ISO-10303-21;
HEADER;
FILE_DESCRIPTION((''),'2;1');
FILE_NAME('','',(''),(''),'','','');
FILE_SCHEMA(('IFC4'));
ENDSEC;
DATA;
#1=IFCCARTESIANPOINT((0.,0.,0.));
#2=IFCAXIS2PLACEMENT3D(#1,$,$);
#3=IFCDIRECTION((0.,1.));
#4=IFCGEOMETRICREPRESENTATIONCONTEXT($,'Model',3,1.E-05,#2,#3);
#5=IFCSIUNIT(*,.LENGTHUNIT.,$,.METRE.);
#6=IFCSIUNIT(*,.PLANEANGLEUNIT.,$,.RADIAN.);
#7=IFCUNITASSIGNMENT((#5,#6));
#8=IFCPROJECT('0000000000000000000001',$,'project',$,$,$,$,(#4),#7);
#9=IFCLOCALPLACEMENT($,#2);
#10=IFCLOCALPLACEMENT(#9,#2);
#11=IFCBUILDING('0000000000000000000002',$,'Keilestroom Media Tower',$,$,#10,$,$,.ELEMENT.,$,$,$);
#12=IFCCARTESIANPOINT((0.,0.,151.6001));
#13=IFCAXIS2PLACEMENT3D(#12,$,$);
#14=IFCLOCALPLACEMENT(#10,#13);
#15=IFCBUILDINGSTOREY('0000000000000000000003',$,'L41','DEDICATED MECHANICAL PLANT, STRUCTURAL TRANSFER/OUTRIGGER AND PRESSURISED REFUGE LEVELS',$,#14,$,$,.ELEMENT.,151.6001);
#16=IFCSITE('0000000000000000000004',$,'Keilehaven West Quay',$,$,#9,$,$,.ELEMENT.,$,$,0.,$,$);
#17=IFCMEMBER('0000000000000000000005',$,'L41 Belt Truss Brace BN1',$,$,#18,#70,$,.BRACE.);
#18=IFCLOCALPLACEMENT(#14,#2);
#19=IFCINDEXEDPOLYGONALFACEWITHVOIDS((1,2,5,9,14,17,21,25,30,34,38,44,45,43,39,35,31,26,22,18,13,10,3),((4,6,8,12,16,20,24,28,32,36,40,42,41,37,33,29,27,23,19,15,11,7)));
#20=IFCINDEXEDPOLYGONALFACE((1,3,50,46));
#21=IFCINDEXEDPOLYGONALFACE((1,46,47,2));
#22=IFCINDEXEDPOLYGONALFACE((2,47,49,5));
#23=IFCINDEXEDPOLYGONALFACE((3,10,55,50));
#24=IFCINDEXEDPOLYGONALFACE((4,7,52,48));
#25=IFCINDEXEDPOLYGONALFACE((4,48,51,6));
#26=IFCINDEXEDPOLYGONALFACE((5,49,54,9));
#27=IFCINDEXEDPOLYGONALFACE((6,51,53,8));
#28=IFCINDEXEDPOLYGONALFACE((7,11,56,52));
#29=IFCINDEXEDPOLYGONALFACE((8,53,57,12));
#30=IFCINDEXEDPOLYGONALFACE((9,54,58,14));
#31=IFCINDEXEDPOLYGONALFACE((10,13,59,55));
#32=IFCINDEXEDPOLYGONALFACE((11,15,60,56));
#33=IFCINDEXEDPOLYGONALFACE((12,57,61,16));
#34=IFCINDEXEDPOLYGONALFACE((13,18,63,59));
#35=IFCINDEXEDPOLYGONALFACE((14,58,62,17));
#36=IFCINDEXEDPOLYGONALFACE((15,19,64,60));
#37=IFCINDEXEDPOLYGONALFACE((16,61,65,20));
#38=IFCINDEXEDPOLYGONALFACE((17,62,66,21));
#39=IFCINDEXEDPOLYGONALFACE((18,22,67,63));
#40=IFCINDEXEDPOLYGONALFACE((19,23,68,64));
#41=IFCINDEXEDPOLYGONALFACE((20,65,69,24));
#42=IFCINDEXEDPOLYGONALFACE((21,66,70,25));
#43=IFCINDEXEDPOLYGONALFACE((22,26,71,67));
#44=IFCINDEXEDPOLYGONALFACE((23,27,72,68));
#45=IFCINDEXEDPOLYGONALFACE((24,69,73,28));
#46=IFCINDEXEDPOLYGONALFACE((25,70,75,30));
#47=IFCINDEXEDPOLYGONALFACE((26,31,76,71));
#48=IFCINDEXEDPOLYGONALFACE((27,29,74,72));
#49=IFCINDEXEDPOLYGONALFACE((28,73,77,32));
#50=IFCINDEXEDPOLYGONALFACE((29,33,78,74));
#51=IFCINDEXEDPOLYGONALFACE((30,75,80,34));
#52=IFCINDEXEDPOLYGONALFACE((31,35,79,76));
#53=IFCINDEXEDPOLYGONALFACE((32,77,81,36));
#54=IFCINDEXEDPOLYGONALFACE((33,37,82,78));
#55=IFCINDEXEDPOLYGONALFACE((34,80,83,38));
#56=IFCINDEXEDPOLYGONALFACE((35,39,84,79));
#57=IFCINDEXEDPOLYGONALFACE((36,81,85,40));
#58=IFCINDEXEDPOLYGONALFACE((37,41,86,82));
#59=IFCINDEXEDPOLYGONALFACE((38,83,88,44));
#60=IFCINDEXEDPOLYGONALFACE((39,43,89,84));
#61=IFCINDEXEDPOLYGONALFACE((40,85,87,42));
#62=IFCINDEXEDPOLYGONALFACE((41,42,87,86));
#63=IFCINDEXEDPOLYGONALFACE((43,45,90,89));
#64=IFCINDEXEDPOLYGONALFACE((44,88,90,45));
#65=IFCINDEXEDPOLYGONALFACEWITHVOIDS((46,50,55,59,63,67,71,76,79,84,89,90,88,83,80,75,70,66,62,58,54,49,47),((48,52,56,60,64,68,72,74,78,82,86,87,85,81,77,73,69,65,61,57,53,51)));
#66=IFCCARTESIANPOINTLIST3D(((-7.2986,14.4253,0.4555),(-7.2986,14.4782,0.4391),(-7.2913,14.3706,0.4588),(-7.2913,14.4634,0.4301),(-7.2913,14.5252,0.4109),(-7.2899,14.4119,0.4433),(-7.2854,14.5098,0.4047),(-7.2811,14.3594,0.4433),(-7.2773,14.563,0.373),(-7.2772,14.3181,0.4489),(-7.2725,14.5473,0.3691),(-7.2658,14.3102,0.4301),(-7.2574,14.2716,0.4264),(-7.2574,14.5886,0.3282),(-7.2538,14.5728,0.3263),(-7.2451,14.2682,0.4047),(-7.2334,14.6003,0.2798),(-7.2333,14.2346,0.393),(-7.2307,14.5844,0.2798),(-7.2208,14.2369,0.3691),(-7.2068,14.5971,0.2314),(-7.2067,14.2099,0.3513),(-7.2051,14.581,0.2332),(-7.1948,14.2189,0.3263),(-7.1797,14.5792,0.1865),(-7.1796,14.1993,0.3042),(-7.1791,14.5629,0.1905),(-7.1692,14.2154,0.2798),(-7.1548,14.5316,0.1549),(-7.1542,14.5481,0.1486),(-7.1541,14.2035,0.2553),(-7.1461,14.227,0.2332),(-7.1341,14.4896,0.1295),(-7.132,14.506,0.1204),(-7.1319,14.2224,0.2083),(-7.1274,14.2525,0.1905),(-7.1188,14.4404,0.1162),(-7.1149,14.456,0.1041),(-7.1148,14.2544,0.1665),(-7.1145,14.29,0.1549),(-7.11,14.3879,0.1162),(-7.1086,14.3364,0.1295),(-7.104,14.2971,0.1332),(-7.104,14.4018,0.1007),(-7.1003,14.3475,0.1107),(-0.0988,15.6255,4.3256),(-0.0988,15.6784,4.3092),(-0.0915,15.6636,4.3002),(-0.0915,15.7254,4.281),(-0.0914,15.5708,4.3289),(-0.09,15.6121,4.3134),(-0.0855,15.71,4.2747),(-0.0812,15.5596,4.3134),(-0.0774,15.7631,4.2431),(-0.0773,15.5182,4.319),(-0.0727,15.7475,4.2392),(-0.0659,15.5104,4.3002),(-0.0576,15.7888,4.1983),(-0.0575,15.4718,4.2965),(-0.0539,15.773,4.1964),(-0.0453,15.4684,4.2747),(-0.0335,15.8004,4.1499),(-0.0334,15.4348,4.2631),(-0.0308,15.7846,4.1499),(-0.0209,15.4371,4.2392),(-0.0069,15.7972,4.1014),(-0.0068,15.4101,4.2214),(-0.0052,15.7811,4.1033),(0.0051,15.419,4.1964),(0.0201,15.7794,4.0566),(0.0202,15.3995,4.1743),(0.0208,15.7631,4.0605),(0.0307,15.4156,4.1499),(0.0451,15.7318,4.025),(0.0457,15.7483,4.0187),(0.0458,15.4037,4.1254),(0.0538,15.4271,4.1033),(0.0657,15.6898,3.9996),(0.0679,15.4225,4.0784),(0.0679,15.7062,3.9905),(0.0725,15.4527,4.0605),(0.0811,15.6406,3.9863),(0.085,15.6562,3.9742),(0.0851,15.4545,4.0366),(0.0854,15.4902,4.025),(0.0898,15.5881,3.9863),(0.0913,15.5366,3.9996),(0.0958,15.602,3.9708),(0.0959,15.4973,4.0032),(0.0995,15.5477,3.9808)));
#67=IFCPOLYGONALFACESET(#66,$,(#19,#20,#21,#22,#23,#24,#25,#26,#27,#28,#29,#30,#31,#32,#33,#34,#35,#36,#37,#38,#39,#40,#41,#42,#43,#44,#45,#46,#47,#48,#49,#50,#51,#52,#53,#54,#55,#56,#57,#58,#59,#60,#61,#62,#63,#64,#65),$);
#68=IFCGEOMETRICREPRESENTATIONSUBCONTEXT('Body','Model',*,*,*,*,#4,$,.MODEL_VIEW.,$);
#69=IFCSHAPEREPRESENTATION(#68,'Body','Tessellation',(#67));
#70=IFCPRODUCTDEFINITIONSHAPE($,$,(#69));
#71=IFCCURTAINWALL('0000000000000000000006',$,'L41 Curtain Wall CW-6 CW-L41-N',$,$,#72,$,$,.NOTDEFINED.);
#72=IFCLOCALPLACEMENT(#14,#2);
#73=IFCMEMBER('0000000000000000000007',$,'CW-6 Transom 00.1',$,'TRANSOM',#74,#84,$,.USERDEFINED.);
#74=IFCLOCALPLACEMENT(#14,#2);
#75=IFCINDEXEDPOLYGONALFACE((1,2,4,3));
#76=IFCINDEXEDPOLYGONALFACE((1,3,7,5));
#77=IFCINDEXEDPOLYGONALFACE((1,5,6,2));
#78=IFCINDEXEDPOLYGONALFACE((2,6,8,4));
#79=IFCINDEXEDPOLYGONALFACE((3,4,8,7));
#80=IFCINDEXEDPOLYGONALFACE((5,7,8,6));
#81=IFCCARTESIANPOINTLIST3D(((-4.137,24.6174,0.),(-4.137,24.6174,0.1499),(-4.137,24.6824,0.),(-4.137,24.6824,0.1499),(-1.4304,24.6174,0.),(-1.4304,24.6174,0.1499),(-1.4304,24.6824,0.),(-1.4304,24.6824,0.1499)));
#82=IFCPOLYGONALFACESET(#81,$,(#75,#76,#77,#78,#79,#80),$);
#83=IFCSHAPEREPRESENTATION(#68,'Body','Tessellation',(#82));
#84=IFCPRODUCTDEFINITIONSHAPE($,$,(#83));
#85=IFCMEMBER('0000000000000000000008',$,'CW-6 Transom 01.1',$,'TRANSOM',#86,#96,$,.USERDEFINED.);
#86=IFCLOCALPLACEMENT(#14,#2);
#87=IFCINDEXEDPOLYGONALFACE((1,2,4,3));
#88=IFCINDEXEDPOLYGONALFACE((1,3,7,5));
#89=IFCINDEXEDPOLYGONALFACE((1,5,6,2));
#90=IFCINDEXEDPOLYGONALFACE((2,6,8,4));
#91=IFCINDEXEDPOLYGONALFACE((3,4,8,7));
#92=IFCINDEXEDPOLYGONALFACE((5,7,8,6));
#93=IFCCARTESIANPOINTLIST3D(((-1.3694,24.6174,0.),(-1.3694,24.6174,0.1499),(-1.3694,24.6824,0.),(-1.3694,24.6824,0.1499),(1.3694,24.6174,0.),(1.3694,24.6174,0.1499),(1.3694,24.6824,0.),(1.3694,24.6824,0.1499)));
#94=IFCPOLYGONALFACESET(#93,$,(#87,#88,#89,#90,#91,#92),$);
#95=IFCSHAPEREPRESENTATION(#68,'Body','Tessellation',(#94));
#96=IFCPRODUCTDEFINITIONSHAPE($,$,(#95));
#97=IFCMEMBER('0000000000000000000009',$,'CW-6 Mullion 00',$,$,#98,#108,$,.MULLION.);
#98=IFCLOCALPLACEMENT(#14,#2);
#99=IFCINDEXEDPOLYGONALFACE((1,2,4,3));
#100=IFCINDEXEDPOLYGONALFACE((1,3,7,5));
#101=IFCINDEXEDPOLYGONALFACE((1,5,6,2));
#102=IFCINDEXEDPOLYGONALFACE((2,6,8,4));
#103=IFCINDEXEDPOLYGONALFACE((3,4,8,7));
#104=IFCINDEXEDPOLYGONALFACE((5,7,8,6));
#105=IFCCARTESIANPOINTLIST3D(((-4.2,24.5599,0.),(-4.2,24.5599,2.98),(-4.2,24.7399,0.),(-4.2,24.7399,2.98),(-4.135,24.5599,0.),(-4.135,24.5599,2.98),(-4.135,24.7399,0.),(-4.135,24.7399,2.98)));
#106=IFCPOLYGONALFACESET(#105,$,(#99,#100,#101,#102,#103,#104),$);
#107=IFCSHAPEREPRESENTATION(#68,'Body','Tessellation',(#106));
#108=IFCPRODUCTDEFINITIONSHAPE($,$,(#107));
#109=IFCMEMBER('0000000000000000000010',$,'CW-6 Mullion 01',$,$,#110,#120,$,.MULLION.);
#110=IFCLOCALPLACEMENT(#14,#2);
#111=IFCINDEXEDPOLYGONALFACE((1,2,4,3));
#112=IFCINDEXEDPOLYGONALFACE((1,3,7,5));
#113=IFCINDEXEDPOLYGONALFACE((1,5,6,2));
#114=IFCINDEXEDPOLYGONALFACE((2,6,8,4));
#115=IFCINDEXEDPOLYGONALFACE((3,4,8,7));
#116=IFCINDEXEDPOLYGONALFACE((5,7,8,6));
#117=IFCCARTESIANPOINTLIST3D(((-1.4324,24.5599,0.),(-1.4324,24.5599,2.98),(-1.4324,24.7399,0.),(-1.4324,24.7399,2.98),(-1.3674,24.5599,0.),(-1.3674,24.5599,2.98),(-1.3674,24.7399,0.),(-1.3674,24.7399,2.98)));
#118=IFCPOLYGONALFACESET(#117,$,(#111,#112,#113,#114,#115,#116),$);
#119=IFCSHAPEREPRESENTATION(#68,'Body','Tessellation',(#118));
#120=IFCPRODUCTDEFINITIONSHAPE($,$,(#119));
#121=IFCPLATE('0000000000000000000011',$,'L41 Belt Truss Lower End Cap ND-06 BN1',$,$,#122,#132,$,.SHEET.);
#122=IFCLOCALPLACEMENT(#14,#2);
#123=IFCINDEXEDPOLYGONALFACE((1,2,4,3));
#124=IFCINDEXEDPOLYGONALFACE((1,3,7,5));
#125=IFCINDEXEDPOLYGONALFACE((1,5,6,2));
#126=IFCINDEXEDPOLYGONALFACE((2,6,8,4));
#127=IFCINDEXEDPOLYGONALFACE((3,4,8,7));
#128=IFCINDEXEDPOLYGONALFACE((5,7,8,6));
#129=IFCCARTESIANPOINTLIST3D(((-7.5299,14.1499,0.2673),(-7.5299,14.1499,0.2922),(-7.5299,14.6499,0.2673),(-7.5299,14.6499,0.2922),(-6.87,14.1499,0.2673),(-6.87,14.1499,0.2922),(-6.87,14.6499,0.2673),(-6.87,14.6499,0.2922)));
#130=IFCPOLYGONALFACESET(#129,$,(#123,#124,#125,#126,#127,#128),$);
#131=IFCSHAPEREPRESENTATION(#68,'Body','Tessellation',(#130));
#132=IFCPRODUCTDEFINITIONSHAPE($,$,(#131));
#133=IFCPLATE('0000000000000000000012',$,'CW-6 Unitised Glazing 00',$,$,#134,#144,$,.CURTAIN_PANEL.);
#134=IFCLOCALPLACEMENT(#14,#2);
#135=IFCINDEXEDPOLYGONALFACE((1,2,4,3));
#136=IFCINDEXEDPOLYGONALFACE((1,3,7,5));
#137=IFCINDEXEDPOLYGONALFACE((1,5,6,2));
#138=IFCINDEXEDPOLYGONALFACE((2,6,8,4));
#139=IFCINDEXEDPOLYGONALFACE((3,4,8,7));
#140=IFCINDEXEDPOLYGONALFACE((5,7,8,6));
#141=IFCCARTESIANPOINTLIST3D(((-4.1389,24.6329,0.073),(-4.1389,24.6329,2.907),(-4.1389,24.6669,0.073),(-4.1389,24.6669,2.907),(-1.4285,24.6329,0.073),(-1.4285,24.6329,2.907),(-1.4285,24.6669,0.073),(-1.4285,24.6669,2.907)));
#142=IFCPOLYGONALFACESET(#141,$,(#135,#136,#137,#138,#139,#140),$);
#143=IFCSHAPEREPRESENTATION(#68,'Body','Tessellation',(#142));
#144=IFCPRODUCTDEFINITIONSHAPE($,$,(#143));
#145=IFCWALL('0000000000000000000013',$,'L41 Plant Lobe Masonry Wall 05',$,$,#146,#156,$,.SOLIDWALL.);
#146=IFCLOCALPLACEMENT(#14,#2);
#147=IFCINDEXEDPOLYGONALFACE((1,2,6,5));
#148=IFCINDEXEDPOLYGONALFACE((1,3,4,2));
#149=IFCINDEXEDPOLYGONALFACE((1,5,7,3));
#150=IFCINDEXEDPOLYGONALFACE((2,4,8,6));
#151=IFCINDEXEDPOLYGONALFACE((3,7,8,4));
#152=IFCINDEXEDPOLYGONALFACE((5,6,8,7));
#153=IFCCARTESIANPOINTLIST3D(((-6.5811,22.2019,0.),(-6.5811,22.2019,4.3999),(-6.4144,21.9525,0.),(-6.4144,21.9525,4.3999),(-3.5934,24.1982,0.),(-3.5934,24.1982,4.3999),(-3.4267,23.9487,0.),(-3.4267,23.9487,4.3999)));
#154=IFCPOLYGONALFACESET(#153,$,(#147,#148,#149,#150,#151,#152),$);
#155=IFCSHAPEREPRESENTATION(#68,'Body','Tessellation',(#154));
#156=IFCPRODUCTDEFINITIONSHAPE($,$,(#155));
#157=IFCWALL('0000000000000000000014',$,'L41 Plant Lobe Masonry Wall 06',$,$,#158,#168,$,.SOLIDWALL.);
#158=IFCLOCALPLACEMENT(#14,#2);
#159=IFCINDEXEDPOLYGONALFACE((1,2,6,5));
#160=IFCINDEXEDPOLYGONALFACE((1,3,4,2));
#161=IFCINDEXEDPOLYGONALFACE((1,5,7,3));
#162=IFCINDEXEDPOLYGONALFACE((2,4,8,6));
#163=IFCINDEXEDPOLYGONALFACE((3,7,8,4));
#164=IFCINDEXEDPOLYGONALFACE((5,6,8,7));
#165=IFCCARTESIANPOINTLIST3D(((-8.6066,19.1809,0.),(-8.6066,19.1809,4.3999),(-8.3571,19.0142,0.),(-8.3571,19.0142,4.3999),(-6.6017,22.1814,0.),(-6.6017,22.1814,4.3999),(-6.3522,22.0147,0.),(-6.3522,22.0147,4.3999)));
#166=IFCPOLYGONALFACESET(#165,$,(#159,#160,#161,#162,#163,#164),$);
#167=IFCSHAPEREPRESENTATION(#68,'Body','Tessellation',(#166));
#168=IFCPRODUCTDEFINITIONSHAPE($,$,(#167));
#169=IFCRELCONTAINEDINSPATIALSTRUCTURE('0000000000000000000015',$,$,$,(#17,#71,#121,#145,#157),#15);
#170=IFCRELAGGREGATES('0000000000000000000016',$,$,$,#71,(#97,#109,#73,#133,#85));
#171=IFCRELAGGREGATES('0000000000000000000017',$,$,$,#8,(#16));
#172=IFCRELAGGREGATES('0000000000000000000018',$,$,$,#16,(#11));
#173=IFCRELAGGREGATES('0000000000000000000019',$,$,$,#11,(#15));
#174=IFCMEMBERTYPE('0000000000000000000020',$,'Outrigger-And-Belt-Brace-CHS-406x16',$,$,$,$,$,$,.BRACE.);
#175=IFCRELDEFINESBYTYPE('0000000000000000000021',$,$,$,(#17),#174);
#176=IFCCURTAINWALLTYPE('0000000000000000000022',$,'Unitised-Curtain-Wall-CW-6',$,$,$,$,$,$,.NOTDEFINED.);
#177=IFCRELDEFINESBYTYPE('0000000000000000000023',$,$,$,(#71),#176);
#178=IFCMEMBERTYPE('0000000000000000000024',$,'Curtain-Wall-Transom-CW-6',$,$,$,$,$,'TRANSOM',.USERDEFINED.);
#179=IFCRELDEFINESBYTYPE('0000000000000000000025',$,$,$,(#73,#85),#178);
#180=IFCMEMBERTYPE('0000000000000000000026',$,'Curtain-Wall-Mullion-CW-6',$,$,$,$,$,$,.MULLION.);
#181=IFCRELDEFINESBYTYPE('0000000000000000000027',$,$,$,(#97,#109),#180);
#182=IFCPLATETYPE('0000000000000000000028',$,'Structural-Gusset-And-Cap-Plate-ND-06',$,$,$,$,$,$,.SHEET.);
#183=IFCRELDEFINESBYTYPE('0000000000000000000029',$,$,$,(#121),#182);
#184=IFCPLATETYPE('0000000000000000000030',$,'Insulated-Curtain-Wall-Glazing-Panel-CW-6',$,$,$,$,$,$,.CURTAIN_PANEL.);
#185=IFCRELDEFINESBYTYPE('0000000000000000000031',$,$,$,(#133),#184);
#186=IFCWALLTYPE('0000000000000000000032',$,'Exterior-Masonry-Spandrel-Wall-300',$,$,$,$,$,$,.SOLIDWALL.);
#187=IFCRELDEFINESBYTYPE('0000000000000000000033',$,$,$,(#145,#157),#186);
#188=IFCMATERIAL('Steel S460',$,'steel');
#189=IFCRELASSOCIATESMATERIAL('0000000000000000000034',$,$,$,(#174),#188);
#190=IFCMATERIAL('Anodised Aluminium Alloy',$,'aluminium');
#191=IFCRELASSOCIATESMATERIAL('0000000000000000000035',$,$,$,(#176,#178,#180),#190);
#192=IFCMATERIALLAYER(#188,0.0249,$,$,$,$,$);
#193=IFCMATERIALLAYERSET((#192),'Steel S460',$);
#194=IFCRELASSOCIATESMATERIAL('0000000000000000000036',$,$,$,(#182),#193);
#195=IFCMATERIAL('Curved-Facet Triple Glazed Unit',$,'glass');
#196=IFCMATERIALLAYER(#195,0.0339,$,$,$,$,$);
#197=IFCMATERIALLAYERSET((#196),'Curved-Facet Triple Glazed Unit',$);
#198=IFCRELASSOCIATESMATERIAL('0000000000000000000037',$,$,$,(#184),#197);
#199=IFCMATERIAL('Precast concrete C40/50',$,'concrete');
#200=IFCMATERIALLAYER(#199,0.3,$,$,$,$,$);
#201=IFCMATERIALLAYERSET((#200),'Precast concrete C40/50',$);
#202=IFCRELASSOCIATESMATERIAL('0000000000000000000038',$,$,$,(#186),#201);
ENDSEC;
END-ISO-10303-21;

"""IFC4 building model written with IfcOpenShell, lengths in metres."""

from ifc_helpers import new_model, si_unit, direction, frame, frame_2d, origin, origin_2d, place, context, subcontext, project, spatial, rectangle, hollow_circle, extrude, source, transform, mapped, material, layer, layer_set, material_profile, profile_set, type_object, element, aggregate, save


model = new_model("IFC4")

# Units and contexts
model_context = context("Model", 3, precision=1e-05, world=origin(), true_north=direction((0.0, 1.0)))
body_context = subcontext(model_context, "Body", "Model", "MODEL_VIEW")
ifc_project = project(units=[si_unit("LENGTHUNIT", "METRE"), si_unit("PLANEANGLEUNIT", "RADIAN")], contexts=[model_context])

# Site, building, storey
site_placement = place(None, origin())
site = spatial("IfcSite", under=ifc_project, at=site_placement, Name="Keilehaven West Quay", CompositionType="ELEMENT", RefElevation=0.0)
building_placement = place(site_placement, origin())
building = spatial("IfcBuilding", under=site, at=building_placement, Name="Keilestroom Media Tower", CompositionType="ELEMENT")
storey_placement = place(building_placement, frame((0.0, 0.0, 151.6001)))
storey = spatial("IfcBuildingStorey", under=building, at=storey_placement, Name="L41", Description="DEDICATED MECHANICAL PLANT, STRUCTURAL TRANSFER/OUTRIGGER AND PRESSURISED REFUGE LEVELS", CompositionType="ELEMENT", Elevation=151.6001)

# Member
ifc_material_1 = material(Name="Steel S460", Category="steel")
ifc_material_profile_1 = material_profile(ifc_material_1, hollow_circle(Radius=0.2031, WallThickness=0.0161, at=origin_2d()), Name="CHS 406.4x16")
ifc_profile_set_1 = profile_set([ifc_material_profile_1], Name="Steel S460")
member_type_1 = type_object("IfcMemberType", Name="Outrigger-And-Belt-Brace-CHS-406x16", PredefinedType="BRACE", material=ifc_profile_set_1)
shared_shape_1 = source(origin(), body_context, "Body", "SweptSolid", [
    extrude(hollow_circle(Radius=0.2031, WallThickness=0.0161, at=origin_2d()), origin(), (0.0, 0.0, 1.0), 8.2617),
])
member_1_placement = place(storey_placement, frame((-7.2, 14.3999, 0.2798), z_axis=(0.871473, 0.14527, 0.468434), x_axis=(-0.164426, 0.986389, 0.0)))
element("IfcMember", 1, at=member_1_placement, inside=storey, type_object=member_type_1, Name="L41 Belt Truss Brace BN1", PredefinedType="BRACE", context=body_context, shape_type="MappedRepresentation", body=[
    mapped(shared_shape_1, transform((0.0, 0.0, 0.0), x_axis=(1.0, 0.0, 0.0), y_axis=(0.0, 1.0, 0.0), z_axis=(0.0, 0.0, 1.0), scale=1.0)),
])

# Curtain wall, members
ifc_material_2 = material(Name="Anodised Aluminium Alloy", Category="aluminium")
curtain_wall_type = type_object("IfcCurtainWallType", Name="Unitised-Curtain-Wall-CW-6", PredefinedType="NOTDEFINED", material=ifc_material_2)
curtain_wall_placement = place(storey_placement, origin())
curtain_wall = element("IfcCurtainWall", 2, at=curtain_wall_placement, inside=storey, type_object=curtain_wall_type, Name="L41 Curtain Wall CW-6 CW-L41-N", PredefinedType="NOTDEFINED")
ifc_material_profile_2 = material_profile(ifc_material_2, rectangle(XDim=0.0649, YDim=0.1499, at=origin_2d()), Name="ALU TRANSOM 65x150")
ifc_profile_set_2 = profile_set([ifc_material_profile_2], Name="Anodised Aluminium Alloy")
member_type_2 = type_object("IfcMemberType", Name="Curtain-Wall-Transom-CW-6", ElementType="TRANSOM", PredefinedType="USERDEFINED", material=ifc_profile_set_2)
shared_shape_2 = source(origin(), body_context, "Body", "SweptSolid", [
    extrude(rectangle(XDim=0.0649, YDim=0.1499, at=origin_2d()), origin(), (0.0, 0.0, 1.0), 2.7065),
])
member_2_placement = place(storey_placement, frame((-4.137, 24.6499, 0.075), z_axis=(1.0, 0.0, 0.0), x_axis=(0.0, 1.0, 0.0)))
member_2 = element("IfcMember", 3, at=member_2_placement, type_object=member_type_2, Name="CW-6 Transom 00.1", ObjectType="TRANSOM", PredefinedType="USERDEFINED", context=body_context, shape_type="MappedRepresentation", body=[
    mapped(shared_shape_2, transform((0.0, 0.0, 0.0), x_axis=(1.0, 0.0, 0.0), y_axis=(0.0, 1.0, 0.0), z_axis=(0.0, 0.0, 1.0), scale=1.0)),
])
shared_shape_3 = source(origin(), body_context, "Body", "SweptSolid", [
    extrude(rectangle(XDim=0.0649, YDim=0.1499, at=origin_2d()), origin(), (0.0, 0.0, 1.0), 2.7388),
])
member_3_placement = place(storey_placement, frame((-1.3694, 24.6499, 0.075), z_axis=(1.0, 0.0, 0.0), x_axis=(0.0, 1.0, 0.0)))
member_3 = element("IfcMember", 4, at=member_3_placement, type_object=member_type_2, Name="CW-6 Transom 01.1", ObjectType="TRANSOM", PredefinedType="USERDEFINED", context=body_context, shape_type="MappedRepresentation", body=[
    mapped(shared_shape_3, transform((0.0, 0.0, 0.0), x_axis=(1.0, 0.0, 0.0), y_axis=(0.0, 1.0, 0.0), z_axis=(0.0, 0.0, 1.0), scale=1.0)),
])
ifc_material_profile_3 = material_profile(ifc_material_2, rectangle(XDim=0.0649, YDim=0.1799, at=origin_2d()), Name="ALU MULLION 65x180")
ifc_profile_set_3 = profile_set([ifc_material_profile_3], Name="Anodised Aluminium Alloy")
member_type_3 = type_object("IfcMemberType", Name="Curtain-Wall-Mullion-CW-6", PredefinedType="MULLION", material=ifc_profile_set_3)
shared_shape_4 = source(origin(), body_context, "Body", "SweptSolid", [
    extrude(rectangle(XDim=0.0649, YDim=0.1799, at=origin_2d()), origin(), (0.0, 0.0, 1.0), 2.98),
])
member_4_placement = place(storey_placement, frame((-4.1675, 24.6499, 0.0), z_axis=(0.0, 0.0, 1.0), x_axis=(1.0, 0.0, 0.0)))
member_4 = element("IfcMember", 5, at=member_4_placement, type_object=member_type_3, Name="CW-6 Mullion 00", PredefinedType="MULLION", context=body_context, shape_type="MappedRepresentation", body=[
    mapped(shared_shape_4, transform((0.0, 0.0, 0.0), x_axis=(1.0, 0.0, 0.0), y_axis=(0.0, 1.0, 0.0), z_axis=(0.0, 0.0, 1.0), scale=1.0)),
])
member_5_placement = place(storey_placement, frame((-1.3999, 24.6499, 0.0), z_axis=(0.0, 0.0, 1.0), x_axis=(1.0, 0.0, 0.0)))
member_5 = element("IfcMember", 6, at=member_5_placement, type_object=member_type_3, Name="CW-6 Mullion 01", PredefinedType="MULLION", context=body_context, shape_type="MappedRepresentation", body=[
    mapped(shared_shape_4, transform((0.0, 0.0, 0.0), x_axis=(1.0, 0.0, 0.0), y_axis=(0.0, 1.0, 0.0), z_axis=(0.0, 0.0, 1.0), scale=1.0)),
])

# Plates
ifc_layer_1 = layer(ifc_material_1, 0.0249)
ifc_layer_set_1 = layer_set([ifc_layer_1], Name="Steel S460")
plate_type_1 = type_object("IfcPlateType", Name="Structural-Gusset-And-Cap-Plate-ND-06", PredefinedType="SHEET", material=ifc_layer_set_1)
shared_shape_5 = source(origin(), body_context, "Body", "SweptSolid", [
    extrude(rectangle(XDim=0.6599, YDim=0.5, at=origin_2d()), origin(), (0.0, 0.0, 1.0), 0.0249),
])
plate_1_placement = place(storey_placement, frame((-7.2, 14.3999, 0.2673), z_axis=(0.0, 0.0, 1.0), x_axis=(1.0, 0.0, 0.0)))
element("IfcPlate", 7, at=plate_1_placement, inside=storey, type_object=plate_type_1, Name="L41 Belt Truss Lower End Cap ND-06 BN1", PredefinedType="SHEET", context=body_context, shape_type="MappedRepresentation", body=[
    mapped(shared_shape_5, transform((0.0, 0.0, 0.0), x_axis=(1.0, 0.0, 0.0), y_axis=(0.0, 1.0, 0.0), z_axis=(0.0, 0.0, 1.0), scale=1.0)),
])
ifc_material_3 = material(Name="Curved-Facet Triple Glazed Unit", Category="glass")
ifc_layer_2 = layer(ifc_material_3, 0.0339)
ifc_layer_set_2 = layer_set([ifc_layer_2], Name="Curved-Facet Triple Glazed Unit")
plate_type_2 = type_object("IfcPlateType", Name="Insulated-Curtain-Wall-Glazing-Panel-CW-6", PredefinedType="CURTAIN_PANEL", material=ifc_layer_set_2)
shared_shape_6 = source(origin(), body_context, "Body", "SweptSolid", [
    extrude(rectangle(XDim=2.7104, YDim=0.0339, at=origin_2d()), origin(), (0.0, 0.0, 1.0), 2.834),
])
plate_2_placement = place(storey_placement, frame((-2.7837, 24.6499, 0.073), z_axis=(0.0, 0.0, 1.0), x_axis=(1.0, 0.0, 0.0)))
plate_2 = element("IfcPlate", 8, at=plate_2_placement, type_object=plate_type_2, Name="CW-6 Unitised Glazing 00", PredefinedType="CURTAIN_PANEL", context=body_context, shape_type="MappedRepresentation", body=[
    mapped(shared_shape_6, transform((0.0, 0.0, 0.0), x_axis=(1.0, 0.0, 0.0), y_axis=(0.0, 1.0, 0.0), z_axis=(0.0, 0.0, 1.0), scale=1.0)),
])
aggregate(curtain_wall, [member_4, member_5, member_2, plate_2, member_3])

# Walls
ifc_material_4 = material(Name="Precast concrete C40/50", Category="concrete")
ifc_layer_3 = layer(ifc_material_4, 0.3)
ifc_layer_set_3 = layer_set([ifc_layer_3], Name="Precast concrete C40/50")
wall_type = type_object("IfcWallType", Name="Exterior-Masonry-Spandrel-Wall-300", PredefinedType="SOLIDWALL", material=ifc_layer_set_3)
wall_placement = place(storey_placement, frame((-3.51, 24.0735, 0.0), z_axis=(0.0, 0.0, 1.0), x_axis=(-0.831475, -0.555562, 0.0)))
element("IfcWall", 9, at=wall_placement, inside=storey, type_object=wall_type, Name="L41 Plant Lobe Masonry Wall 05", PredefinedType="SOLIDWALL", context=body_context, shape_type="SweptSolid", body=[
    extrude(rectangle(XDim=3.5933, YDim=0.3, at=frame_2d((1.7966, 0.0))), origin(), (0.0, 0.0, 1.0), 4.3999),
])
for number, where, z_axis, x_axis, name in (
    (10, (-6.4771, 22.0979, 0.0), (0.0, 0.0, 1.0), (-0.555574, -0.831467, 0.0), "L41 Plant Lobe Masonry Wall 06"),
):
    element("IfcWall", number, at=place(storey_placement, frame(where, z_axis=z_axis, x_axis=x_axis)), inside=storey, type_object=wall_type, Name=name, PredefinedType="SOLIDWALL", context=body_context, shape_type="SweptSolid", body=[
        extrude(rectangle(XDim=3.6086, YDim=0.3, at=frame_2d((1.8042, 0.0))), origin(), (0.0, 0.0, 1.0), 4.3999),
    ])

save(model, "model.ifc")
